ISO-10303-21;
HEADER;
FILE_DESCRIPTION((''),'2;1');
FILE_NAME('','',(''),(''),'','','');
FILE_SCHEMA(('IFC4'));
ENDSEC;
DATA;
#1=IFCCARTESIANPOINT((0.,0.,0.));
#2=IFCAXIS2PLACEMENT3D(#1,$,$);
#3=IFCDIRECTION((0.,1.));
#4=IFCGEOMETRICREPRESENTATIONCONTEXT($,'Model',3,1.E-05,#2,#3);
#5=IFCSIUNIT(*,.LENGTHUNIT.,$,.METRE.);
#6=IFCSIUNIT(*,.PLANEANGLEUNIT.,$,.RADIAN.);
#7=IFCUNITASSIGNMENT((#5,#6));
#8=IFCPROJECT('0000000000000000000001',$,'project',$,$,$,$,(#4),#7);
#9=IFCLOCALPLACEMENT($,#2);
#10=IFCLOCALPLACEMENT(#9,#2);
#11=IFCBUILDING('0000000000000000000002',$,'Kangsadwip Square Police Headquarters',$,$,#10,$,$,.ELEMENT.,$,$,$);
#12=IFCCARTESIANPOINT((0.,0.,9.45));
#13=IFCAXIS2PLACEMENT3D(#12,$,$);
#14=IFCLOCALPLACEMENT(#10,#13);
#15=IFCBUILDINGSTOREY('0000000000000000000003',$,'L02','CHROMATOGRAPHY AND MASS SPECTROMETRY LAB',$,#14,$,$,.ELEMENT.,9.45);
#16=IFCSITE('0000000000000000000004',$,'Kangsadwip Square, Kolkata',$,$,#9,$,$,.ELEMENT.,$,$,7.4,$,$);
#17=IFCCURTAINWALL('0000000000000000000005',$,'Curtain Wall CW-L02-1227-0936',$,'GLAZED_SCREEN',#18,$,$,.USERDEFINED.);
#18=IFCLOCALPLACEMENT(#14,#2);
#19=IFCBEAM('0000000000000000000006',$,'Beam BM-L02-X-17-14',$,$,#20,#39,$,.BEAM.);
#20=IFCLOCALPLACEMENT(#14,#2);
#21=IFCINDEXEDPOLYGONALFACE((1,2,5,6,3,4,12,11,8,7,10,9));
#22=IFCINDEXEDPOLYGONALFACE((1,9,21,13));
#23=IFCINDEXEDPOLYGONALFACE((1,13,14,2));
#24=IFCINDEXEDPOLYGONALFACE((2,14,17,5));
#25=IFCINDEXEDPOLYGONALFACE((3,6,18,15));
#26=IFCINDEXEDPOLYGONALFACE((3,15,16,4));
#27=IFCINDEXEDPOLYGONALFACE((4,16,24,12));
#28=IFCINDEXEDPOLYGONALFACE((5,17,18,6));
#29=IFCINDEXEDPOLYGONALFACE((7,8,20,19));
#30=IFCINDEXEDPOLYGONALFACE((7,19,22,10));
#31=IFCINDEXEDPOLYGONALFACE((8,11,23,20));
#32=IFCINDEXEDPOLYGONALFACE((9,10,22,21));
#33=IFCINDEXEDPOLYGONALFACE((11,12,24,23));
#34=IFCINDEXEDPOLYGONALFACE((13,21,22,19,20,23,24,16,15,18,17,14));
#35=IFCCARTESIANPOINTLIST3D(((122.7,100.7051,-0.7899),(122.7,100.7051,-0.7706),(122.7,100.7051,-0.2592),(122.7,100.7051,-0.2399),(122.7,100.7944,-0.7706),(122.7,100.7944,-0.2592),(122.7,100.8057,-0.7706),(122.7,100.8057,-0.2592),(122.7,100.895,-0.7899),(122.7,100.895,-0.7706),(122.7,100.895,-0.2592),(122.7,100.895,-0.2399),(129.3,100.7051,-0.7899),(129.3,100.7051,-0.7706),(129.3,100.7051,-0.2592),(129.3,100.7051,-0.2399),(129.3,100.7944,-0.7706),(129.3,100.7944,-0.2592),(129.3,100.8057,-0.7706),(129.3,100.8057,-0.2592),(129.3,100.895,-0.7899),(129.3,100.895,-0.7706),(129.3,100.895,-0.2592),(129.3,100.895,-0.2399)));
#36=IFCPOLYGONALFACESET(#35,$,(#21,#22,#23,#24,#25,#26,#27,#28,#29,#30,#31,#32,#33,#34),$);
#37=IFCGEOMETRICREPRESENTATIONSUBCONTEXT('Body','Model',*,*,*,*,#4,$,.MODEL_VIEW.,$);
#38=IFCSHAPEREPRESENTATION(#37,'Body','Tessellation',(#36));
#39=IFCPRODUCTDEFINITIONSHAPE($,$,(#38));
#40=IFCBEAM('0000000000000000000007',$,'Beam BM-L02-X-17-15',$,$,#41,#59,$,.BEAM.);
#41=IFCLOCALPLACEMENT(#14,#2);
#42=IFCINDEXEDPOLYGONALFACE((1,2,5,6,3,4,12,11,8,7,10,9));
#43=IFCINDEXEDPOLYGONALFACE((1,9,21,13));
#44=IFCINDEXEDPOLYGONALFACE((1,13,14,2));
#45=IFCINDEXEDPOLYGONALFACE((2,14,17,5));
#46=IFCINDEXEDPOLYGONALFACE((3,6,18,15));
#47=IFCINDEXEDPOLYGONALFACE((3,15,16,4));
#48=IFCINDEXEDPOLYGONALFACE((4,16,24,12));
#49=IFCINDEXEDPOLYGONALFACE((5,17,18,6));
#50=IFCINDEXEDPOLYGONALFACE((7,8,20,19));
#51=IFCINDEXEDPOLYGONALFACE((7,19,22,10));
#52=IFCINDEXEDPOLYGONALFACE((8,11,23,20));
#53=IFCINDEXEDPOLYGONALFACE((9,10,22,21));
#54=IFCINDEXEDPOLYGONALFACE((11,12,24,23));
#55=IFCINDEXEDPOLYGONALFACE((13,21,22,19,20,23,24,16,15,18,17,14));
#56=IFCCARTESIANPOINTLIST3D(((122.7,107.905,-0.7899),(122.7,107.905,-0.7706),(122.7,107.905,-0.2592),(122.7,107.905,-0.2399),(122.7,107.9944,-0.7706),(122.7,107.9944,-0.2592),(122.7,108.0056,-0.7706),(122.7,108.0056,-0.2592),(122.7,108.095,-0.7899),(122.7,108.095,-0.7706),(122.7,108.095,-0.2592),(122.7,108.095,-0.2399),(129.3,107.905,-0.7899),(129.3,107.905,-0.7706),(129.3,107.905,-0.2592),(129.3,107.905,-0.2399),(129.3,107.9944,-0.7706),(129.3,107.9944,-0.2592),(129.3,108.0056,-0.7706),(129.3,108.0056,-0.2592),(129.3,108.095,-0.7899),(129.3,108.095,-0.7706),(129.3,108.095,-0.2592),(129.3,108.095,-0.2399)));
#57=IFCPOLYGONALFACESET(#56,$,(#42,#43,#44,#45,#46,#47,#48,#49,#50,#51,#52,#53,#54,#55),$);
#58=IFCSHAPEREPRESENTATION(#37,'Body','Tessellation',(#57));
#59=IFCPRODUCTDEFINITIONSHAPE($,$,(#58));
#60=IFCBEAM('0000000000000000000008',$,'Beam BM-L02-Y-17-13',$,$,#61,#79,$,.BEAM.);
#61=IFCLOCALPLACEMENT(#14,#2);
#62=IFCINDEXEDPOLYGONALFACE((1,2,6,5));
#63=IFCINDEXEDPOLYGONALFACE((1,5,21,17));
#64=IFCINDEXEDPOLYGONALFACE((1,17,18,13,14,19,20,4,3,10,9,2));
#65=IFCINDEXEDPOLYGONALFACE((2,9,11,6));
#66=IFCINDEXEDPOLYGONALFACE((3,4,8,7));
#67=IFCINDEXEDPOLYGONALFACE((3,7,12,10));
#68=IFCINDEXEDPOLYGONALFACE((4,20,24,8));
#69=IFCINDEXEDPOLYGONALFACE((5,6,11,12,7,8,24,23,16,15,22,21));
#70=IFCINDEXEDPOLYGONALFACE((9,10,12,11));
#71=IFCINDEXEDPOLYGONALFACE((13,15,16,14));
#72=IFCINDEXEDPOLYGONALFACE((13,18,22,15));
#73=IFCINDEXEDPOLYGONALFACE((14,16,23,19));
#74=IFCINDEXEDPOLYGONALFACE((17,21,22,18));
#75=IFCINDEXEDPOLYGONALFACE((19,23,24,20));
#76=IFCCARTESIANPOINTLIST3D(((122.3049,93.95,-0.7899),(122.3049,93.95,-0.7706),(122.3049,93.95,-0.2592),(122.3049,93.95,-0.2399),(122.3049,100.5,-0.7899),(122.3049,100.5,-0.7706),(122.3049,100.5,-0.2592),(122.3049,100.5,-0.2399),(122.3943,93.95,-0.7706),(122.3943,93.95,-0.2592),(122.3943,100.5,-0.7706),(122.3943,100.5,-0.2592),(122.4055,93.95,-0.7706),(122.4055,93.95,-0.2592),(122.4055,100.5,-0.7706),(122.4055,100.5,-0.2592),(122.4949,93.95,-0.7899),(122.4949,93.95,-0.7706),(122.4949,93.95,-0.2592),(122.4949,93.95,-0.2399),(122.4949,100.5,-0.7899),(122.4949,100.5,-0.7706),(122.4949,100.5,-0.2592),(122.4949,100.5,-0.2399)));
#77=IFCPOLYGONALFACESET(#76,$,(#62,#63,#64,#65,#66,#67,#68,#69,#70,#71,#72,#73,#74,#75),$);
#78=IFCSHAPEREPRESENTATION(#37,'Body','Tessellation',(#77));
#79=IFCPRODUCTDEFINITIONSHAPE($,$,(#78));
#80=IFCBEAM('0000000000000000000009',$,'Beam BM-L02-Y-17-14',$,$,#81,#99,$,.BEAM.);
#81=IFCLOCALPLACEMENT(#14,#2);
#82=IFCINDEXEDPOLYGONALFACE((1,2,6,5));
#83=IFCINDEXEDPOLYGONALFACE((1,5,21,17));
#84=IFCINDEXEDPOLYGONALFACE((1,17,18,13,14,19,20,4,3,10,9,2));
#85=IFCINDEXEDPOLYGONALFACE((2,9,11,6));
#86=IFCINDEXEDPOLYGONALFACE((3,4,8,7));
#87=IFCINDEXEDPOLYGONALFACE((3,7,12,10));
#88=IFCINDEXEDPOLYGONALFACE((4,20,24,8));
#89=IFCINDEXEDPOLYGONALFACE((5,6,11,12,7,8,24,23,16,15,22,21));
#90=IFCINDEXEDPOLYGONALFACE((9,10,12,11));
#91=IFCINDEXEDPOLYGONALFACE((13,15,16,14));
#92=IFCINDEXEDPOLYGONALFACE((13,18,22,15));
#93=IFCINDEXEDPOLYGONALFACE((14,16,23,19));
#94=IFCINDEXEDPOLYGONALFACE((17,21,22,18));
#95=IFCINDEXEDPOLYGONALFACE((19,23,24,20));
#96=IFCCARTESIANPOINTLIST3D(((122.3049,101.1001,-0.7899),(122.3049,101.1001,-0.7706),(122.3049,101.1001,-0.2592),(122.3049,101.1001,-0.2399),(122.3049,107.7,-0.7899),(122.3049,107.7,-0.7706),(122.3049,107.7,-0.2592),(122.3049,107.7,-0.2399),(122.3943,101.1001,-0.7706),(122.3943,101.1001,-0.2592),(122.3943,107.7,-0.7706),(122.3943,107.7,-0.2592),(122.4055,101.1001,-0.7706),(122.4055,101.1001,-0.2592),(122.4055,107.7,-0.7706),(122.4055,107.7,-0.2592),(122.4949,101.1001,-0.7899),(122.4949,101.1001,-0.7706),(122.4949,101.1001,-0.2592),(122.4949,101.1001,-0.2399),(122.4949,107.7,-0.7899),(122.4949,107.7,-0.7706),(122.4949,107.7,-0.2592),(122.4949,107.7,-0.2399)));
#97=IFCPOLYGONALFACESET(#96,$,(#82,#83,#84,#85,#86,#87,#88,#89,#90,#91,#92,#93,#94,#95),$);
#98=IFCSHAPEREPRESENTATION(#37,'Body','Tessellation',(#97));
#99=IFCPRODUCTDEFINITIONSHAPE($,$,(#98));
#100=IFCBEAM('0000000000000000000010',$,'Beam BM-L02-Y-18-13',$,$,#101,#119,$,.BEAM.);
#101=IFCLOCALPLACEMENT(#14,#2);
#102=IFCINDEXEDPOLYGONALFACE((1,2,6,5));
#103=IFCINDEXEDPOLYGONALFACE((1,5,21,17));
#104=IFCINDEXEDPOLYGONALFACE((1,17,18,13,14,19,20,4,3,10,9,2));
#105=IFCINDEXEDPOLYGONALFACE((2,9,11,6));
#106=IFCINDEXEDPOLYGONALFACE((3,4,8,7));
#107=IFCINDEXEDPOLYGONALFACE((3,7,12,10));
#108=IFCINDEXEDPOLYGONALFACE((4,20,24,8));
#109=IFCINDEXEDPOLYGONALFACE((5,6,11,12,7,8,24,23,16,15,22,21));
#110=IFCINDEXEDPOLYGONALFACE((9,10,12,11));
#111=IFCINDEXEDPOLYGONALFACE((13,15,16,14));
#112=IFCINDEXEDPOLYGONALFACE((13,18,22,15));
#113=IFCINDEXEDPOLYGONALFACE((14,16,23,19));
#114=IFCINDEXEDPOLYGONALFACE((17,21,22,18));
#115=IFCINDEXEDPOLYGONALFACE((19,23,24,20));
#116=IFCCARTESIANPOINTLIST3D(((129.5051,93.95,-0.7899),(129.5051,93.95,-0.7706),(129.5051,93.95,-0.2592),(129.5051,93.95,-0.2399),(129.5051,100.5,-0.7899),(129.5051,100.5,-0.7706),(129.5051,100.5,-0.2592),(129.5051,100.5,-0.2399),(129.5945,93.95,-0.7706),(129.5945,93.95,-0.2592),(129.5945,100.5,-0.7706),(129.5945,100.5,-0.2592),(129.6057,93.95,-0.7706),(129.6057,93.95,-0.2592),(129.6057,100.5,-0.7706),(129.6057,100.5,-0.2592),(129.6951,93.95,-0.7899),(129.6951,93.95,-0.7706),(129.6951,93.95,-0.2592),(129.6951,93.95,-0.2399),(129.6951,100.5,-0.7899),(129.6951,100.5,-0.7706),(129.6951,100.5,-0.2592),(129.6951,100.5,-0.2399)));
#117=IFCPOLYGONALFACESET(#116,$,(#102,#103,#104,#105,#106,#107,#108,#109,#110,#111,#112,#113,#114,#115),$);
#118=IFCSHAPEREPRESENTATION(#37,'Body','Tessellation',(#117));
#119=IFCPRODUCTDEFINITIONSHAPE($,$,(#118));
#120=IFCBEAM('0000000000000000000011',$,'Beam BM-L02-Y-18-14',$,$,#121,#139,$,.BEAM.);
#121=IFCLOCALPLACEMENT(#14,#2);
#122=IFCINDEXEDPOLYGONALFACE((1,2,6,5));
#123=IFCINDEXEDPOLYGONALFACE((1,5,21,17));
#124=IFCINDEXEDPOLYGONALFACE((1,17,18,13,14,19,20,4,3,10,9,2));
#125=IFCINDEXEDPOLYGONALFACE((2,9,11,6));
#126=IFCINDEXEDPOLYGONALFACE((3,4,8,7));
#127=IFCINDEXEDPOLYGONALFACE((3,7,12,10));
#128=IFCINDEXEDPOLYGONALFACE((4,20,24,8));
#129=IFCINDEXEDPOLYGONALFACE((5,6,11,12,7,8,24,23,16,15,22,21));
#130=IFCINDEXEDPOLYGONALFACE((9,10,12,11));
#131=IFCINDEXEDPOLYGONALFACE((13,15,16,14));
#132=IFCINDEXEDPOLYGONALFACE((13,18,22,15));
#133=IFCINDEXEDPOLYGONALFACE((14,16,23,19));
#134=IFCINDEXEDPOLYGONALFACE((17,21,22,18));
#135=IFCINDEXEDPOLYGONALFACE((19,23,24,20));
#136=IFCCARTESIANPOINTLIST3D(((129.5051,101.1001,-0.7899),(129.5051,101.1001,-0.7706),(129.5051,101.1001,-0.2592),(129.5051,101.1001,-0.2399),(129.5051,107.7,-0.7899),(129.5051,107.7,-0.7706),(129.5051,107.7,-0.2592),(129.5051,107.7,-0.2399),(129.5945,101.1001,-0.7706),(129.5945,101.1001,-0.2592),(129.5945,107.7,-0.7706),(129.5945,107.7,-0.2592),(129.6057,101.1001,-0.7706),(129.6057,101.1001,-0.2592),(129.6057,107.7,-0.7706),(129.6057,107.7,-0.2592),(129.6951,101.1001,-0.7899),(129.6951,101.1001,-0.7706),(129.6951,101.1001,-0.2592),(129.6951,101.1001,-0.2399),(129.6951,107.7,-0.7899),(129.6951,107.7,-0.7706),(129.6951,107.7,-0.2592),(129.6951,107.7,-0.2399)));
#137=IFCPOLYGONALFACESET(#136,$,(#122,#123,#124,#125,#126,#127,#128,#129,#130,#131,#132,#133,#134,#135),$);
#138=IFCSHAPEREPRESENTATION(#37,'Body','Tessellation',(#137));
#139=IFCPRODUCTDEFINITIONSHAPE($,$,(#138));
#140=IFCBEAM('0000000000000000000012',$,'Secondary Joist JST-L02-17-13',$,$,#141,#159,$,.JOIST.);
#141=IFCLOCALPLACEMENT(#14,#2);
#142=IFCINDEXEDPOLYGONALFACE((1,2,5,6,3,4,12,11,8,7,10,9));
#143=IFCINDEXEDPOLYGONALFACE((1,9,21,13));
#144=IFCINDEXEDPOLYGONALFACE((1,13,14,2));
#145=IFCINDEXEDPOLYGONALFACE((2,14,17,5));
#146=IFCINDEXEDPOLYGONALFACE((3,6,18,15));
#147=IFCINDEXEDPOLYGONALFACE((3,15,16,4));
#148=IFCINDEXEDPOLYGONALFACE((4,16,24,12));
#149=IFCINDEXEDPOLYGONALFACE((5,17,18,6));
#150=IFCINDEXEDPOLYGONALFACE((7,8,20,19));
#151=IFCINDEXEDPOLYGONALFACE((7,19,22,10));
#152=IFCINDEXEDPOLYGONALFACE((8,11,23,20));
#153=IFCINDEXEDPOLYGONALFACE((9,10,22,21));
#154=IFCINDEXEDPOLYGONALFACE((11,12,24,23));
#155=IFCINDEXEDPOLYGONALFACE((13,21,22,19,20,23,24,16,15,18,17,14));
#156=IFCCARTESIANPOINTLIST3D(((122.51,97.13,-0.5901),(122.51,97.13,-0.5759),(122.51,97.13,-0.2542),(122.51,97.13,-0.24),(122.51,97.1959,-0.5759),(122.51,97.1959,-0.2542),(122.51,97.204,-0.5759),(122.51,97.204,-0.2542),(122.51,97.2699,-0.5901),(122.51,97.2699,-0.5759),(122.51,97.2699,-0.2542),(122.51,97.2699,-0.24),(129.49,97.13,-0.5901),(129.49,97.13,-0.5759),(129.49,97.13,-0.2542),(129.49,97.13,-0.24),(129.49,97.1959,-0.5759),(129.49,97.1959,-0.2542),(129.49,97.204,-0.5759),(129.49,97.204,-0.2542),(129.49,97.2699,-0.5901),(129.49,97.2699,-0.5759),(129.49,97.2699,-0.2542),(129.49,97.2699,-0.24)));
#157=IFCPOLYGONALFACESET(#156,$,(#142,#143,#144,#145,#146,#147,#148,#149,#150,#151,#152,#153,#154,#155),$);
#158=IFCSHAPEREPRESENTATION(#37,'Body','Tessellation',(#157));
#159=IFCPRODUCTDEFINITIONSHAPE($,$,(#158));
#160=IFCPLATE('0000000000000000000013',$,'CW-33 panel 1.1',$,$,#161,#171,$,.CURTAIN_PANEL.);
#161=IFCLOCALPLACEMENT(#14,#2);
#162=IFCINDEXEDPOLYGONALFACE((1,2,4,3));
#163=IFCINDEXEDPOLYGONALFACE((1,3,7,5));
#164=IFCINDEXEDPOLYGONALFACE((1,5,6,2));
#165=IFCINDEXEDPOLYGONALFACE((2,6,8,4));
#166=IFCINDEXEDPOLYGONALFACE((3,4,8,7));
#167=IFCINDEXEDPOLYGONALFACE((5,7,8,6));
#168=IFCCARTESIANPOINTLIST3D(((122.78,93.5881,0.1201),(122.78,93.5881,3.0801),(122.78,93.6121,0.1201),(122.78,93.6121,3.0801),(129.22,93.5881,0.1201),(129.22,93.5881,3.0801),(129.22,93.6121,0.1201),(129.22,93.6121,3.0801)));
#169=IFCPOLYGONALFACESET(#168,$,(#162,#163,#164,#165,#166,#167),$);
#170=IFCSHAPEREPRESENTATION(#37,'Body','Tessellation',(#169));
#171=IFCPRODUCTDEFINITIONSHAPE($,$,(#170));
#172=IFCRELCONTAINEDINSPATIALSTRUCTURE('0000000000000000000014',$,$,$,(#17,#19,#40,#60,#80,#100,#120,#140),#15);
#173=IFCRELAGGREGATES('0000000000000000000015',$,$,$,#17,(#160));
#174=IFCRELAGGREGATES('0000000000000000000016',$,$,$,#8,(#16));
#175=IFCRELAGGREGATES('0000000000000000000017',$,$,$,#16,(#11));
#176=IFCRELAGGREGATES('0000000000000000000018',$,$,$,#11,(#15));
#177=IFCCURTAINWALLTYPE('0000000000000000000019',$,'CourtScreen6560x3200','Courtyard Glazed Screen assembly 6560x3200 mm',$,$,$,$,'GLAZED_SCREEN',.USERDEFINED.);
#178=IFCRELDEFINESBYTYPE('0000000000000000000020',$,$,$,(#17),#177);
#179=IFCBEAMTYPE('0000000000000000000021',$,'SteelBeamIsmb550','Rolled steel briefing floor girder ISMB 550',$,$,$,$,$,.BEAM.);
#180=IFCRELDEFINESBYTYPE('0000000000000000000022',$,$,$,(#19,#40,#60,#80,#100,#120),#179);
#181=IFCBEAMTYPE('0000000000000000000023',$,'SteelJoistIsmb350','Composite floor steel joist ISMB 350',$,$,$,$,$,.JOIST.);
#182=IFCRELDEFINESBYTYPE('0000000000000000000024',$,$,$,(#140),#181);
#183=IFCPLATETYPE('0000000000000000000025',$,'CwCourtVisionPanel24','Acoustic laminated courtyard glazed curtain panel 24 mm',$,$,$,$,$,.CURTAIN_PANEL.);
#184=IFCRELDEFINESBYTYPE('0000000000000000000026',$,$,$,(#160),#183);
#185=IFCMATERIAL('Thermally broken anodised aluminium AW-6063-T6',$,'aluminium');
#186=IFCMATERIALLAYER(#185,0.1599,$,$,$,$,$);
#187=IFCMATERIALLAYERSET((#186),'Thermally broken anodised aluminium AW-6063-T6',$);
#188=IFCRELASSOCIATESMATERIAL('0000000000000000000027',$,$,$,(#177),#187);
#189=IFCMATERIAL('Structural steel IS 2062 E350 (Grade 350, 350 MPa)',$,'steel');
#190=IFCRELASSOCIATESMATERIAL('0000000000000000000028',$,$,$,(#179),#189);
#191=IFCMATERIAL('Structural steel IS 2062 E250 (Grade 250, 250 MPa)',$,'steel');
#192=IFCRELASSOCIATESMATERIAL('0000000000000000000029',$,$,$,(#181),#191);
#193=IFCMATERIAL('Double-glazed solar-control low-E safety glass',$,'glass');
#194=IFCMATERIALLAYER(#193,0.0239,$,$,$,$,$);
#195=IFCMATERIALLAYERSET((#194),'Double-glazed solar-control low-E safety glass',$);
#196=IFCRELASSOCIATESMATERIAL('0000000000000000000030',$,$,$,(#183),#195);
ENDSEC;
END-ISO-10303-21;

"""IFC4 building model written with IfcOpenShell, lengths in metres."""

from ifc_helpers import new_model, si_unit, direction, frame, origin, origin_2d, place, context, subcontext, project, spatial, rectangle, i_section, extrude, material, layer, layer_set, material_profile, profile_set, type_object, element, aggregate, save


model = new_model("IFC4")

# Units and contexts
model_context = context("Model", 3, precision=1e-05, world=origin(), true_north=direction((0.0, 1.0)))
body_context = subcontext(model_context, "Body", "Model", "MODEL_VIEW")
ifc_project = project(units=[si_unit("LENGTHUNIT", "METRE"), si_unit("PLANEANGLEUNIT", "RADIAN")], contexts=[model_context])

# Site, building, storey
site_placement = place(None, origin())
site = spatial("IfcSite", under=ifc_project, at=site_placement, Name="Kangsadwip Square, Kolkata", CompositionType="ELEMENT", RefElevation=7.4)
building_placement = place(site_placement, origin())
building = spatial("IfcBuilding", under=site, at=building_placement, Name="Kangsadwip Square Police Headquarters", CompositionType="ELEMENT")
storey_placement = place(building_placement, frame((0.0, 0.0, 9.45)))
storey = spatial("IfcBuildingStorey", under=building, at=storey_placement, Name="L02", Description="CHROMATOGRAPHY AND MASS SPECTROMETRY LAB", CompositionType="ELEMENT", Elevation=9.45)

# Curtain wall
ifc_material_1 = material(Name="Thermally broken anodised aluminium AW-6063-T6", Category="aluminium")
ifc_layer_1 = layer(ifc_material_1, 0.1599)
ifc_layer_set_1 = layer_set([ifc_layer_1], Name="Thermally broken anodised aluminium AW-6063-T6")
curtain_wall_type = type_object("IfcCurtainWallType", Name="CourtScreen6560x3200", Description="Courtyard Glazed Screen assembly 6560x3200 mm", ElementType="GLAZED_SCREEN", PredefinedType="USERDEFINED", material=ifc_layer_set_1)
curtain_wall_placement = place(storey_placement, origin())
curtain_wall = element("IfcCurtainWall", 1, at=curtain_wall_placement, inside=storey, type_object=curtain_wall_type, Name="Curtain Wall CW-L02-1227-0936", ObjectType="GLAZED_SCREEN", PredefinedType="USERDEFINED")

# Beams
ifc_material_2 = material(Name="Structural steel IS 2062 E350 (Grade 350, 350 MPa)", Category="steel")
ifc_material_profile_1 = material_profile(ifc_material_2, i_section(OverallWidth=0.1899, OverallDepth=0.55, WebThickness=0.0112, FlangeThickness=0.0193, at=origin_2d()), Name="ISMB 550")
ifc_profile_set_1 = profile_set([ifc_material_profile_1], Name="Structural steel IS 2062 E350 (Grade 350, 350 MPa)")
beam_type_1 = type_object("IfcBeamType", Name="SteelBeamIsmb550", Description="Rolled steel briefing floor girder ISMB 550", PredefinedType="BEAM", material=ifc_profile_set_1)
for number, where, z_axis, x_axis, name in (
    (2, (122.7, 100.8, -0.5149), (1.0, 0.0, 0.0), (0.0, 1.0, 0.0), "Beam BM-L02-X-17-14"),
    (3, (122.7, 108.0, -0.5149), (1.0, 0.0, 0.0), (0.0, 1.0, 0.0), "Beam BM-L02-X-17-15"),
):
    element("IfcBeam", number, at=place(storey_placement, frame(where, z_axis=z_axis, x_axis=x_axis)), inside=storey, type_object=beam_type_1, Name=name, PredefinedType="BEAM", context=body_context, shape_type="SweptSolid", body=[
        extrude(i_section(OverallWidth=0.1899, OverallDepth=0.55, WebThickness=0.0112, FlangeThickness=0.0193, at=origin_2d()), origin(), (0.0, 0.0, 1.0), 6.6001),
    ])
beam_1_placement = place(storey_placement, frame((122.3999, 93.95, -0.5149), z_axis=(0.0, 1.0, 0.0), x_axis=(-1.0, 0.0, 0.0)))
element("IfcBeam", 4, at=beam_1_placement, inside=storey, type_object=beam_type_1, Name="Beam BM-L02-Y-17-13", PredefinedType="BEAM", context=body_context, shape_type="SweptSolid", body=[
    extrude(i_section(OverallWidth=0.1899, OverallDepth=0.55, WebThickness=0.0112, FlangeThickness=0.0193, at=origin_2d()), origin(), (0.0, 0.0, 1.0), 6.55),
])
beam_2_placement = place(storey_placement, frame((122.3999, 101.1001, -0.5149), z_axis=(0.0, 1.0, 0.0), x_axis=(-1.0, 0.0, 0.0)))
element("IfcBeam", 5, at=beam_2_placement, inside=storey, type_object=beam_type_1, Name="Beam BM-L02-Y-17-14", PredefinedType="BEAM", context=body_context, shape_type="SweptSolid", body=[
    extrude(i_section(OverallWidth=0.1899, OverallDepth=0.55, WebThickness=0.0112, FlangeThickness=0.0193, at=origin_2d()), origin(), (0.0, 0.0, 1.0), 6.5999),
])
beam_3_placement = place(storey_placement, frame((129.6001, 93.95, -0.5149), z_axis=(0.0, 1.0, 0.0), x_axis=(-1.0, 0.0, 0.0)))
element("IfcBeam", 6, at=beam_3_placement, inside=storey, type_object=beam_type_1, Name="Beam BM-L02-Y-18-13", PredefinedType="BEAM", context=body_context, shape_type="SweptSolid", body=[
    extrude(i_section(OverallWidth=0.1899, OverallDepth=0.55, WebThickness=0.0112, FlangeThickness=0.0193, at=origin_2d()), origin(), (0.0, 0.0, 1.0), 6.55),
])
beam_4_placement = place(storey_placement, frame((129.6001, 101.1001, -0.5149), z_axis=(0.0, 1.0, 0.0), x_axis=(-1.0, 0.0, 0.0)))
element("IfcBeam", 7, at=beam_4_placement, inside=storey, type_object=beam_type_1, Name="Beam BM-L02-Y-18-14", PredefinedType="BEAM", context=body_context, shape_type="SweptSolid", body=[
    extrude(i_section(OverallWidth=0.1899, OverallDepth=0.55, WebThickness=0.0112, FlangeThickness=0.0193, at=origin_2d()), origin(), (0.0, 0.0, 1.0), 6.5999),
])
ifc_material_3 = material(Name="Structural steel IS 2062 E250 (Grade 250, 250 MPa)", Category="steel")
ifc_material_profile_2 = material_profile(ifc_material_3, i_section(OverallWidth=0.1399, OverallDepth=0.3501, WebThickness=0.0081, FlangeThickness=0.0142, at=origin_2d()), Name="ISMB 350")
ifc_profile_set_2 = profile_set([ifc_material_profile_2], Name="Structural steel IS 2062 E250 (Grade 250, 250 MPa)")
beam_type_2 = type_object("IfcBeamType", Name="SteelJoistIsmb350", Description="Composite floor steel joist ISMB 350", PredefinedType="JOIST", material=ifc_profile_set_2)
beam_5_placement = place(storey_placement, frame((122.51, 97.2, -0.415), z_axis=(1.0, 0.0, 0.0), x_axis=(0.0, 1.0, 0.0)))
element("IfcBeam", 8, at=beam_5_placement, inside=storey, type_object=beam_type_2, Name="Secondary Joist JST-L02-17-13", PredefinedType="JOIST", context=body_context, shape_type="SweptSolid", body=[
    extrude(i_section(OverallWidth=0.1399, OverallDepth=0.3501, WebThickness=0.0081, FlangeThickness=0.0142, at=origin_2d()), origin(), (0.0, 0.0, 1.0), 6.98),
])

# Plate
ifc_material_4 = material(Name="Double-glazed solar-control low-E safety glass", Category="glass")
ifc_layer_2 = layer(ifc_material_4, 0.0239)
ifc_layer_set_2 = layer_set([ifc_layer_2], Name="Double-glazed solar-control low-E safety glass")
plate_type = type_object("IfcPlateType", Name="CwCourtVisionPanel24", Description="Acoustic laminated courtyard glazed curtain panel 24 mm", PredefinedType="CURTAIN_PANEL", material=ifc_layer_set_2)
plate_placement = place(storey_placement, frame((126.0, 93.6001, 0.1201), z_axis=(0.0, 0.0, 1.0), x_axis=(1.0, 0.0, 0.0)))
plate = element("IfcPlate", 9, at=plate_placement, type_object=plate_type, Name="CW-33 panel 1.1", PredefinedType="CURTAIN_PANEL", context=body_context, shape_type="SweptSolid", body=[
    extrude(rectangle(XDim=6.4399, YDim=0.0239, at=origin_2d()), origin(), (0.0, 0.0, 1.0), 2.96),
])
aggregate(curtain_wall, [plate])

save(model, "model.ifc")
